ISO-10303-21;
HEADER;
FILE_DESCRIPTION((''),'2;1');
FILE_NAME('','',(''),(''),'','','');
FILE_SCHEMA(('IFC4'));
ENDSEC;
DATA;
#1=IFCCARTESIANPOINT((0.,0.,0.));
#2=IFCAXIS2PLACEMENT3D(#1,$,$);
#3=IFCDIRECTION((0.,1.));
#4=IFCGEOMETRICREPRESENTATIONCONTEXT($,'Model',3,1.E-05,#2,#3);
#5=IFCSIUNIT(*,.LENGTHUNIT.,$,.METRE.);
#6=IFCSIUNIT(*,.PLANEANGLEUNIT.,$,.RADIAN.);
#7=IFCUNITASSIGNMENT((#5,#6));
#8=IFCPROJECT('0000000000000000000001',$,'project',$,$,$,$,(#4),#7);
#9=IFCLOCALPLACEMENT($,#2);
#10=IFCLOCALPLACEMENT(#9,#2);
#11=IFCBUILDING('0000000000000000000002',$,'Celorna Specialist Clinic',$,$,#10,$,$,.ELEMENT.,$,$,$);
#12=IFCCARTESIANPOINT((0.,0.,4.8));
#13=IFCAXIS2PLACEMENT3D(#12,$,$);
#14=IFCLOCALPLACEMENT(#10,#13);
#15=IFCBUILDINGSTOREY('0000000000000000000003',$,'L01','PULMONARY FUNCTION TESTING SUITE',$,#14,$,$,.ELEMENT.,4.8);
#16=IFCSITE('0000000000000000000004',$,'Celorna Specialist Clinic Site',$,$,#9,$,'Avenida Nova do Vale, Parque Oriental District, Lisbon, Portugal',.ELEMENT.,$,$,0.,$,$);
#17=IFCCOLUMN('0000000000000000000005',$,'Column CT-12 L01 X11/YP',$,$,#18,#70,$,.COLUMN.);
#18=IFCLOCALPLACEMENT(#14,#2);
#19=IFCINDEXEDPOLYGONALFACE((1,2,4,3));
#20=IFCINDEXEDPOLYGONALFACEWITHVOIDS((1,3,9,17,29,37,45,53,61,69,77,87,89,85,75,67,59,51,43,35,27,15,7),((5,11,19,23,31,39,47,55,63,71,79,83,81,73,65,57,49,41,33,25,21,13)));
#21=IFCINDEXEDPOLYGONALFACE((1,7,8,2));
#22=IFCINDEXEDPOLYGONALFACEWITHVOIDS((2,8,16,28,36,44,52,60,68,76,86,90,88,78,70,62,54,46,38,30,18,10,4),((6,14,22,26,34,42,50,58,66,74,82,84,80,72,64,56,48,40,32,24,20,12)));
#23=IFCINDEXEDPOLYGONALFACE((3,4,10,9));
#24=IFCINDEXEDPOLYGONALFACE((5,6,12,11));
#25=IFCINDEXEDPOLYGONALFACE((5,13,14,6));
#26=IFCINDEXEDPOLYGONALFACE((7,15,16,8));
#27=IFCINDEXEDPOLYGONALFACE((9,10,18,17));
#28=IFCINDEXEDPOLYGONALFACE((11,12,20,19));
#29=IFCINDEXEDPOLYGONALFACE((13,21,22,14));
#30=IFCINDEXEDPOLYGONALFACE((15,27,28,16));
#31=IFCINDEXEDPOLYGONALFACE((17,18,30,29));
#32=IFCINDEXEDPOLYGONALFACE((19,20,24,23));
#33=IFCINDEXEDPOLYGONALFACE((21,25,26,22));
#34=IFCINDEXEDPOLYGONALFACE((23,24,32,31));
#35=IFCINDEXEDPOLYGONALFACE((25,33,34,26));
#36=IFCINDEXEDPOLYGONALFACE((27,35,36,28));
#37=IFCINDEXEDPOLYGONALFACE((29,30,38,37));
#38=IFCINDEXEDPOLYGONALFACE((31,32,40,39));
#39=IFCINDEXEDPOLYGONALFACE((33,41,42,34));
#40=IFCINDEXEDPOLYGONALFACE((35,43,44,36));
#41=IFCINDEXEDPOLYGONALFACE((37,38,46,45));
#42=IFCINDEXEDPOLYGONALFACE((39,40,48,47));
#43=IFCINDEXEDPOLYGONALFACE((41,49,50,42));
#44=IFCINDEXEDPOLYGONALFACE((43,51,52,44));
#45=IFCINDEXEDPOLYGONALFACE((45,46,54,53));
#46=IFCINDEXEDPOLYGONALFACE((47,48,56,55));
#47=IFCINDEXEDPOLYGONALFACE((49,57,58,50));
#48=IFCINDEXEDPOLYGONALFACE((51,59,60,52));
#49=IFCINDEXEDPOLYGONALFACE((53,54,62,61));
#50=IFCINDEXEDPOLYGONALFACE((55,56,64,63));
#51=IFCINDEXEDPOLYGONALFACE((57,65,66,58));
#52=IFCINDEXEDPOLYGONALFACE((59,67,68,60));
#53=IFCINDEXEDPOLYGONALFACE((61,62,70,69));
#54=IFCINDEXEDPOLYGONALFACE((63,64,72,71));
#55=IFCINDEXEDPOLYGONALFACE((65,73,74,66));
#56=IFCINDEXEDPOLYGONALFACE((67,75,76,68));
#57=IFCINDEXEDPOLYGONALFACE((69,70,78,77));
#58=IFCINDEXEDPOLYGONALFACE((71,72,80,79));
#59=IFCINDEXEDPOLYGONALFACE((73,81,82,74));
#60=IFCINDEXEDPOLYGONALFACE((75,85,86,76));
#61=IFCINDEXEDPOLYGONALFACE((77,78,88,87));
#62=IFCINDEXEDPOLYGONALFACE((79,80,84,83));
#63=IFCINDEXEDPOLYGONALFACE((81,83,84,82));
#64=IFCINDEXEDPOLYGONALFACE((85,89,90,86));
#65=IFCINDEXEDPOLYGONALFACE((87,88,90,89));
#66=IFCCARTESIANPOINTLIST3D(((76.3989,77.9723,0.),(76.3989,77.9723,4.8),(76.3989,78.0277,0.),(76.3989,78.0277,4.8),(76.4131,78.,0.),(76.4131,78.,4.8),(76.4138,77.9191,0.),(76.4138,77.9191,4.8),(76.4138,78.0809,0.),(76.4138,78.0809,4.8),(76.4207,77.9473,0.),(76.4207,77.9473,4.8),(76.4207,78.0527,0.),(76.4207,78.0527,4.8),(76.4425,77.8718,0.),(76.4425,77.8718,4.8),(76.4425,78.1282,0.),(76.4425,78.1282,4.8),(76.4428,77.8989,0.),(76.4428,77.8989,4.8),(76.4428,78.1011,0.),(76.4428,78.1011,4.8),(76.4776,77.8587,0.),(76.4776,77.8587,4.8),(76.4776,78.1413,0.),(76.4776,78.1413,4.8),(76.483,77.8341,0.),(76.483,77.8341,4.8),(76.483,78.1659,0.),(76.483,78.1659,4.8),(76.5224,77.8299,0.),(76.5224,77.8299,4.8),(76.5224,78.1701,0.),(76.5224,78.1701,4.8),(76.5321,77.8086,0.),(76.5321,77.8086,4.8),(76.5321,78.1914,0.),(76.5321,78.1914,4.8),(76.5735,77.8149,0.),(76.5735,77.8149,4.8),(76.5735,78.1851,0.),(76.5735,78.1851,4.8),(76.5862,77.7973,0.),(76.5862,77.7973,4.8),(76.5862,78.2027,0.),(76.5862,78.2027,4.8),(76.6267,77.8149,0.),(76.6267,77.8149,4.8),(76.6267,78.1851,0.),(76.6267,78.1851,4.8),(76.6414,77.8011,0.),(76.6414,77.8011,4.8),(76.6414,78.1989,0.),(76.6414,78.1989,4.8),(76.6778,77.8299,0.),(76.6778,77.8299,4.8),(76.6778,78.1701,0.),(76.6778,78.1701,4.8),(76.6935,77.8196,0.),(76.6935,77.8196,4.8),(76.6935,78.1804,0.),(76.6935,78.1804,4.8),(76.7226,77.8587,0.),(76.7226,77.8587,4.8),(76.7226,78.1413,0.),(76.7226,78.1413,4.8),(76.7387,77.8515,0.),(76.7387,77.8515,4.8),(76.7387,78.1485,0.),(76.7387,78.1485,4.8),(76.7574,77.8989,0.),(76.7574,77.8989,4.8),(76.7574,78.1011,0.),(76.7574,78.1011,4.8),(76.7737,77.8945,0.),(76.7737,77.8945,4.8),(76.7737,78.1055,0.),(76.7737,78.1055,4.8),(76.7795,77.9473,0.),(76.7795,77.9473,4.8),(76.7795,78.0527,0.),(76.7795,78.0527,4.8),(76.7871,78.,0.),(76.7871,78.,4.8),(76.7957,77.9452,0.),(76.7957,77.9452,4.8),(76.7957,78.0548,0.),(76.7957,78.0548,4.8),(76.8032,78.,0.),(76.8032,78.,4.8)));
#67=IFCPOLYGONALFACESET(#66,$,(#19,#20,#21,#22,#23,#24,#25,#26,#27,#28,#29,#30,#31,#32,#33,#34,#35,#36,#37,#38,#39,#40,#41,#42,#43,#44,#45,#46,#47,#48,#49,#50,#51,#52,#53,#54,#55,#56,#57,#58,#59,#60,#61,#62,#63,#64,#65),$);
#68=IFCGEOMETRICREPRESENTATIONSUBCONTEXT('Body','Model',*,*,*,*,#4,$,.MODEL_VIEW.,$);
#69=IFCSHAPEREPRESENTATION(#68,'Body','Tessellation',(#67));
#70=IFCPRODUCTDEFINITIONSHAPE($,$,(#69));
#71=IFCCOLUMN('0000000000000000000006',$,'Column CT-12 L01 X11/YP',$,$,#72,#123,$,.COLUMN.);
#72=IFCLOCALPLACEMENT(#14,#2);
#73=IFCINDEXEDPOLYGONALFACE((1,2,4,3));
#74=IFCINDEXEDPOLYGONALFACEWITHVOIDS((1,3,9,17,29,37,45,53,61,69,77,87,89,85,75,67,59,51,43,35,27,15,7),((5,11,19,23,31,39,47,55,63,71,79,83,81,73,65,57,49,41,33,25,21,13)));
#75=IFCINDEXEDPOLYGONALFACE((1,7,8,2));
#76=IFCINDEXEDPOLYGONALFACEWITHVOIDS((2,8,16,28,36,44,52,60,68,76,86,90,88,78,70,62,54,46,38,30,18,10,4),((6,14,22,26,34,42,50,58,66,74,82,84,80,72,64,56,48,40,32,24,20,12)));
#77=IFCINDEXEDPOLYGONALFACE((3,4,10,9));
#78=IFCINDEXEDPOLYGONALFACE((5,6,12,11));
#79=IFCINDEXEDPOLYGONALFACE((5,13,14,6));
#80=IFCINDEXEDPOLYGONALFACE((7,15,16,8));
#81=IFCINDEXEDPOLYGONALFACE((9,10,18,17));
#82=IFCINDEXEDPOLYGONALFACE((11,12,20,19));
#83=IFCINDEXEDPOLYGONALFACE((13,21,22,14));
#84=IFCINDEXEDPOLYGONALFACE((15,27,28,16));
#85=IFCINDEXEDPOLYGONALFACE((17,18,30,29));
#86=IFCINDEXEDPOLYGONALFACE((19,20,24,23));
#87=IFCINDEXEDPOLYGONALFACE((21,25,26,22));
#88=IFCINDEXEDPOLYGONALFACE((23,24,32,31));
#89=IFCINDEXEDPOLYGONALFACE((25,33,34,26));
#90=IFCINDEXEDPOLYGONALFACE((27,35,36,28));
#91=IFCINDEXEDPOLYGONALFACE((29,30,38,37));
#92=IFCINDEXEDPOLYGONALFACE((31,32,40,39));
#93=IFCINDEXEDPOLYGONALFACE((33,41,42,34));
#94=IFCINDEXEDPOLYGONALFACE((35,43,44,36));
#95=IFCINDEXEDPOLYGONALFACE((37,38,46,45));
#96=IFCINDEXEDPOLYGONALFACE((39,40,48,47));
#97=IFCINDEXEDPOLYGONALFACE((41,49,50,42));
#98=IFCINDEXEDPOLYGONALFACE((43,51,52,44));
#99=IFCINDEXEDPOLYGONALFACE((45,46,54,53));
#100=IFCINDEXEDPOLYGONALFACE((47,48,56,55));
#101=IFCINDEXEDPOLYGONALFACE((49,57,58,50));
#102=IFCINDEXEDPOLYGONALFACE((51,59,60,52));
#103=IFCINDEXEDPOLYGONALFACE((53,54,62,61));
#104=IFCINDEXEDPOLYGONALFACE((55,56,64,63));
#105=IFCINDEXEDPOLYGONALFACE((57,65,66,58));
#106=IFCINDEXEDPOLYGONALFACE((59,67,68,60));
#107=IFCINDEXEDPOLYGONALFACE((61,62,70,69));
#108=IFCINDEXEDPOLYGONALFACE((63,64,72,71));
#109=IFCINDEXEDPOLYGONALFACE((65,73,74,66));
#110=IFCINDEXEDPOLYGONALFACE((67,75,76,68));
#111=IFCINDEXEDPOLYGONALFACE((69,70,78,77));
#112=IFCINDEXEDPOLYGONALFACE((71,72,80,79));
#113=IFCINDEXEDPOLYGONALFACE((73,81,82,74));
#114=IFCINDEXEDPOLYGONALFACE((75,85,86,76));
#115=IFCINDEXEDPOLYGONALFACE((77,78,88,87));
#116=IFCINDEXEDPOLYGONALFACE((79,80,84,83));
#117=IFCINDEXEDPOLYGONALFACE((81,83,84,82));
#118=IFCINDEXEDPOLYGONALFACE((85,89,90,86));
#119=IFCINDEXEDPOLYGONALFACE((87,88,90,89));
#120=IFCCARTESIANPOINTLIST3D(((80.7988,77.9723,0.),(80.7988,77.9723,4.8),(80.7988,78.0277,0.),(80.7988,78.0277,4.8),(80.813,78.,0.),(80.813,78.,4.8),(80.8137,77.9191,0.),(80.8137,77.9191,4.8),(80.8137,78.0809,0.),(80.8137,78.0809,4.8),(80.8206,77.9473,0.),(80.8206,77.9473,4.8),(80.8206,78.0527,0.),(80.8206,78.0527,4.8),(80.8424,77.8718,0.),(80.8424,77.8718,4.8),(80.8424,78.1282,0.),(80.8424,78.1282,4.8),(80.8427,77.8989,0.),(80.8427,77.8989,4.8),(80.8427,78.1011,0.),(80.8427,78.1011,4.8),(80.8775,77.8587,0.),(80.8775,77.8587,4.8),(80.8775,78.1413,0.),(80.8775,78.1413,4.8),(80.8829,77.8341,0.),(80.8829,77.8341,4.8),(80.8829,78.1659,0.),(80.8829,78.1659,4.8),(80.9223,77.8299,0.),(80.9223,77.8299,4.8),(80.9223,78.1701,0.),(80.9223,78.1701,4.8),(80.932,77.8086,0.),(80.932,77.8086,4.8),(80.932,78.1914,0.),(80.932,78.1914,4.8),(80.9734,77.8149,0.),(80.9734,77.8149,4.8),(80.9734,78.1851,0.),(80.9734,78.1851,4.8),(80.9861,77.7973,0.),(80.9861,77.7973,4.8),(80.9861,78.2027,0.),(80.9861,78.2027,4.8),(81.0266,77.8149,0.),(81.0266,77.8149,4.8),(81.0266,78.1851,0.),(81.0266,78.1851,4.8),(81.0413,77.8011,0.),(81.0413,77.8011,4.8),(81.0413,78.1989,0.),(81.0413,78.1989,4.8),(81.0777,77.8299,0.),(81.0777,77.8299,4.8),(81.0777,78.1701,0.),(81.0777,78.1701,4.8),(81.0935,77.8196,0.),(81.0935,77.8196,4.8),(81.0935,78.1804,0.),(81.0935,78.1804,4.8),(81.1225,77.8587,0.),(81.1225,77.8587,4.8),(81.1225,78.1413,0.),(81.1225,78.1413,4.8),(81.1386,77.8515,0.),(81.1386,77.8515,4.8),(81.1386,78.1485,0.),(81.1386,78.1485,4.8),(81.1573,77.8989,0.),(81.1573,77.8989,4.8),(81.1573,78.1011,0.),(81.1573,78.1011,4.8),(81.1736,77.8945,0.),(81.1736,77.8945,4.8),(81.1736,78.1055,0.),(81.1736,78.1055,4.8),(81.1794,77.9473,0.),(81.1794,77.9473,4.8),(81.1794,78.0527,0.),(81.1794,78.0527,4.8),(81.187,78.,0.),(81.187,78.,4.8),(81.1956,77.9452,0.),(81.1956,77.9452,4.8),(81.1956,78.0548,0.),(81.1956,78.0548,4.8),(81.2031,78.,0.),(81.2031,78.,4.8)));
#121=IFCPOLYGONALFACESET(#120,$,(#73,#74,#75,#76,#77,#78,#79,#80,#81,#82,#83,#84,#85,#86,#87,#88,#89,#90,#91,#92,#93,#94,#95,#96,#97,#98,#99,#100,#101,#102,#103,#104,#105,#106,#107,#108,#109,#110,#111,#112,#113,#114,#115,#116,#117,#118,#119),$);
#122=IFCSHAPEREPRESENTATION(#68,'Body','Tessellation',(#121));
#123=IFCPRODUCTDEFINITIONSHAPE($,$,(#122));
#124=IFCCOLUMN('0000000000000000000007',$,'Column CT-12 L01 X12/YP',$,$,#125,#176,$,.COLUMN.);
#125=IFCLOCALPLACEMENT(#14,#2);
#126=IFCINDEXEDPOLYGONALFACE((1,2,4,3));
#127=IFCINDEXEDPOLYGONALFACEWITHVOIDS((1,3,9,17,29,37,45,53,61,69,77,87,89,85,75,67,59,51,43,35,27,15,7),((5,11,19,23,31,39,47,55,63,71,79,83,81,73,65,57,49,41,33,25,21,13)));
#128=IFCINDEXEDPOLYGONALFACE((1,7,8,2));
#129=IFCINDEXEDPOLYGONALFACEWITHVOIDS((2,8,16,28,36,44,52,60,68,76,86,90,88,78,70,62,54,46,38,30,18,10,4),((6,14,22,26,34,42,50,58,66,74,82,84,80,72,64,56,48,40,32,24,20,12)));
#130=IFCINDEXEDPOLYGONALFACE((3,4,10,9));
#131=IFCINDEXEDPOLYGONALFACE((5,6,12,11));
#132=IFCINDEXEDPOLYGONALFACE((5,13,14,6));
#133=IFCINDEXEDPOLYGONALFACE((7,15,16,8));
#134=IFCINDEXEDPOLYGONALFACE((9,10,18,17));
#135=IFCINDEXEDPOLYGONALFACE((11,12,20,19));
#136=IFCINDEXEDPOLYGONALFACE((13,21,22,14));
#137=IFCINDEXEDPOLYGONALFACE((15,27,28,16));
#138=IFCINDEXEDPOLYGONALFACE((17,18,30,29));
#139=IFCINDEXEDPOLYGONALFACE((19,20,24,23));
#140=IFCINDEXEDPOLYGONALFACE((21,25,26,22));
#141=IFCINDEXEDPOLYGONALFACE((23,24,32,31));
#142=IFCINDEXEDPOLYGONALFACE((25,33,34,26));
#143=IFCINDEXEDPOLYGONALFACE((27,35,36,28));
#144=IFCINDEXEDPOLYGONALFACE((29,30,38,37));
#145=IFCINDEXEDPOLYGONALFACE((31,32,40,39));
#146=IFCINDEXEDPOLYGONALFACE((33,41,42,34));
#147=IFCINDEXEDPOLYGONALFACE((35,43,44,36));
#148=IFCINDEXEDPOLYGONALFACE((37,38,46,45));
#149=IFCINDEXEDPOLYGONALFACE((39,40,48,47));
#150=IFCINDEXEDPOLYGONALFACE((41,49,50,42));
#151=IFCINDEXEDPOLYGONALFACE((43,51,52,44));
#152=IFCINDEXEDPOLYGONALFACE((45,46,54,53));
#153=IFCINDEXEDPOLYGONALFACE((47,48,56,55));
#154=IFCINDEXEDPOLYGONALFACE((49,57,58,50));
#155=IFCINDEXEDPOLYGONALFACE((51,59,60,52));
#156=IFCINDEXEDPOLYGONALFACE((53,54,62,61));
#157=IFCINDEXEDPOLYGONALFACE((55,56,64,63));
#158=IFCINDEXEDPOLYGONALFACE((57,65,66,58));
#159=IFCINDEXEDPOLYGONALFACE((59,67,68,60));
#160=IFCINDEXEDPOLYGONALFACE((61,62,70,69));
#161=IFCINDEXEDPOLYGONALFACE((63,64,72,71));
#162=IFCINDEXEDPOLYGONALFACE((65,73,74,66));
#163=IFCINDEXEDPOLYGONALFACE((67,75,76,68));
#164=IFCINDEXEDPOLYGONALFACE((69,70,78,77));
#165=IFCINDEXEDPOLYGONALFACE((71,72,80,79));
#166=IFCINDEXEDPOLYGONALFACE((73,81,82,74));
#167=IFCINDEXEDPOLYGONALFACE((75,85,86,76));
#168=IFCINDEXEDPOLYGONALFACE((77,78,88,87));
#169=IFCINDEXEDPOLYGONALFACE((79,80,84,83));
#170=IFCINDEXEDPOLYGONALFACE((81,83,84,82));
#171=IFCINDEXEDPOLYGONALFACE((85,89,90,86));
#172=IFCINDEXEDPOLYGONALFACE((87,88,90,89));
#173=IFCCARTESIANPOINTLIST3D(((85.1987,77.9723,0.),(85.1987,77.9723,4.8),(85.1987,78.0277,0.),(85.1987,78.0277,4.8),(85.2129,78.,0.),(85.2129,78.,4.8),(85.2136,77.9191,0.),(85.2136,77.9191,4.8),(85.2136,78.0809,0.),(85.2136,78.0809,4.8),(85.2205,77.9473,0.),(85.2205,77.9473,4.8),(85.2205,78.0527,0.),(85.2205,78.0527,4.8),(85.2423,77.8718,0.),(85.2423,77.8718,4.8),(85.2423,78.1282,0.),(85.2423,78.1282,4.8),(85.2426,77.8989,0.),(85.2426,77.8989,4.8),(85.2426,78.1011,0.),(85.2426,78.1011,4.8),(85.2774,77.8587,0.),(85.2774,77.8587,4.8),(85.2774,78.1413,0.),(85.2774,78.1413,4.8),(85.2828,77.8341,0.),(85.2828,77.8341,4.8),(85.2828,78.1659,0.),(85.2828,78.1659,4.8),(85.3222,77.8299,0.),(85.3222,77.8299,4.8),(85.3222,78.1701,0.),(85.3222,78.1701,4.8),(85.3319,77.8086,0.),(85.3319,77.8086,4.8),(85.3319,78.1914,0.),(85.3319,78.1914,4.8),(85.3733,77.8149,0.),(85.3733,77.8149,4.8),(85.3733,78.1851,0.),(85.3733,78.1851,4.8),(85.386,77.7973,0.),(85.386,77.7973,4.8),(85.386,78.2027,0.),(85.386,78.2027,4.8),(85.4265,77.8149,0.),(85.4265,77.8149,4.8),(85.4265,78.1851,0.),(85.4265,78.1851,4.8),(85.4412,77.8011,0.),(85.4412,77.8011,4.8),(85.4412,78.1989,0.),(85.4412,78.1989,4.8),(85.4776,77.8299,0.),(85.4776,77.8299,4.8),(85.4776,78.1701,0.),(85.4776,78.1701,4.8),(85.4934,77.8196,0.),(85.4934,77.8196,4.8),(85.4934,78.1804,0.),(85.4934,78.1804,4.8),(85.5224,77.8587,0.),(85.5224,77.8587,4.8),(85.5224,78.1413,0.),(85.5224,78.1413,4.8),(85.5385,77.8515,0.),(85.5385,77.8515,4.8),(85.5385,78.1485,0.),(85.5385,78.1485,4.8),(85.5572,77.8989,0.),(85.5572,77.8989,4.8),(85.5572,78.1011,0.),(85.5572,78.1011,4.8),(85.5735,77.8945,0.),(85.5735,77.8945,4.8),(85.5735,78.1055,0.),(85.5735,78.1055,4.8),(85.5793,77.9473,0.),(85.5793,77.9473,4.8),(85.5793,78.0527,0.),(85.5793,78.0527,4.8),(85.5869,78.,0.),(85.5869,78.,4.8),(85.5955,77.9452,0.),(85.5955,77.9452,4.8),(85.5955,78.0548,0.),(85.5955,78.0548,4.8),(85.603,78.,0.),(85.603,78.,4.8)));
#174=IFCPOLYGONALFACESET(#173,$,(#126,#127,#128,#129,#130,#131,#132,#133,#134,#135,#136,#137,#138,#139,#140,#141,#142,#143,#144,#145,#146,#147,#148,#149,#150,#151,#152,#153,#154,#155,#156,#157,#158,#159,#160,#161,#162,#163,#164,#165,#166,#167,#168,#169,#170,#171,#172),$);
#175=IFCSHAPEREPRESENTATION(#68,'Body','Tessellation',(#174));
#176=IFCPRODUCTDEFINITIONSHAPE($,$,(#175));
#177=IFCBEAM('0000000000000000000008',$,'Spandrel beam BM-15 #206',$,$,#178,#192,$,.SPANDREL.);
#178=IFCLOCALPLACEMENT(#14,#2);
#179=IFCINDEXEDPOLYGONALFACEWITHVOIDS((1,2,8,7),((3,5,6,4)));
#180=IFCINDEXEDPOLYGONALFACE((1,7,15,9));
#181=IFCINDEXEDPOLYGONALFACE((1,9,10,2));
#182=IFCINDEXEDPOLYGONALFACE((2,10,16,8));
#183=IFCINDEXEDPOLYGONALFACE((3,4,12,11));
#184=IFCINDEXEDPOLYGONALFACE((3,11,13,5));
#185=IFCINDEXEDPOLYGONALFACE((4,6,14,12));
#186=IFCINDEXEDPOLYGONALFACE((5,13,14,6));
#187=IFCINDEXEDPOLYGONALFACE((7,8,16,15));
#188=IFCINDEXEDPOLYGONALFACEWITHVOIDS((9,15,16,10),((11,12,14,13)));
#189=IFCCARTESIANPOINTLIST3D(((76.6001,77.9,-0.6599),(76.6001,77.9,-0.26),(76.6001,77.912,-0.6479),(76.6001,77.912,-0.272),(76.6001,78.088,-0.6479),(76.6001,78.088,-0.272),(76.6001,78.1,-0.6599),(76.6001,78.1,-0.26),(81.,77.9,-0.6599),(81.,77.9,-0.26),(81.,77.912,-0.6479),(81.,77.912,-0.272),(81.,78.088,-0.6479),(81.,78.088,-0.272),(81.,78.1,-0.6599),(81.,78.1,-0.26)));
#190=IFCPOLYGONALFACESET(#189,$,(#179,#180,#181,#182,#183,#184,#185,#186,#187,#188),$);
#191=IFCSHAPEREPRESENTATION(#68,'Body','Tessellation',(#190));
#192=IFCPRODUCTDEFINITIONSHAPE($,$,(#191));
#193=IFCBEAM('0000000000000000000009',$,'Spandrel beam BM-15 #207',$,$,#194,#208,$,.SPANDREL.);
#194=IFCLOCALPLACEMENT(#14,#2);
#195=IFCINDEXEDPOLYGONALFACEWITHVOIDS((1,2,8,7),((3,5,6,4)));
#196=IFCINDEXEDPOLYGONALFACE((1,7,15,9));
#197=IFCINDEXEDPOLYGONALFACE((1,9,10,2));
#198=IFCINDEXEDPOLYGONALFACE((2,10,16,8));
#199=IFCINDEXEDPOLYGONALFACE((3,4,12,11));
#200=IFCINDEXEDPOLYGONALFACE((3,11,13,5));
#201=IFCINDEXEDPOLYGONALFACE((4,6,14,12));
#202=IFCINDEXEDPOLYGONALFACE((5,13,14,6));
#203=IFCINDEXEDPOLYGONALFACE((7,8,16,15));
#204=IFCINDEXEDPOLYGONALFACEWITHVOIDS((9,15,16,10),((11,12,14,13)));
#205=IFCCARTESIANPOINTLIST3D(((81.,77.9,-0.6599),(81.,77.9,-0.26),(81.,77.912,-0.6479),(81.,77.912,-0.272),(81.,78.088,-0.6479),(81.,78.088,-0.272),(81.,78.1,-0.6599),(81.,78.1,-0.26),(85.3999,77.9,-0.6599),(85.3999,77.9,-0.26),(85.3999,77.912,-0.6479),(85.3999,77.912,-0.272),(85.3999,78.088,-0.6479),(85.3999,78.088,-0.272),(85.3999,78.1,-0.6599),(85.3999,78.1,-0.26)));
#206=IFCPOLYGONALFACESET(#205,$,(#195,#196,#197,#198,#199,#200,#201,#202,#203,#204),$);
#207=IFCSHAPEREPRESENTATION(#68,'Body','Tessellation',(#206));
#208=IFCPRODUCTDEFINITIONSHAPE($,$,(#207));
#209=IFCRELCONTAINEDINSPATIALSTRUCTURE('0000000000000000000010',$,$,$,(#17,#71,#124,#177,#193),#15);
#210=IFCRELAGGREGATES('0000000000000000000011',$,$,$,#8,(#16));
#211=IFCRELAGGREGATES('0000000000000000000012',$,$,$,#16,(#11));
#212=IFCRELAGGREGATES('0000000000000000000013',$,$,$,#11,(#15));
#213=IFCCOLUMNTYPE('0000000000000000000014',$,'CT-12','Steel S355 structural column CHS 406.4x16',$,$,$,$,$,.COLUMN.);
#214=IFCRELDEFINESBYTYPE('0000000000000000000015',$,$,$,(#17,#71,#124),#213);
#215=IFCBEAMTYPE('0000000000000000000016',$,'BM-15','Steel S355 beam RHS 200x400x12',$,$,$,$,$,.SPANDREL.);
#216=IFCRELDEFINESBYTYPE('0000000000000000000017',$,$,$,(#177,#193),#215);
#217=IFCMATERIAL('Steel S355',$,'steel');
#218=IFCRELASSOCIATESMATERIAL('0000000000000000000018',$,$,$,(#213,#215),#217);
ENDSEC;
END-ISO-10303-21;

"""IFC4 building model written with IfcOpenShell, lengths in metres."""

from ifc_helpers import new_model, si_unit, direction, frame, origin, origin_2d, place, context, subcontext, project, spatial, hollow_rectangle, hollow_circle, extrude, material, material_profile, profile_set, type_object, element, save


model = new_model("IFC4")

# Units and contexts
model_context = context("Model", 3, precision=1e-05, world=origin(), true_north=direction((0.0, 1.0)))
body_context = subcontext(model_context, "Body", "Model", "MODEL_VIEW")
ifc_project = project(units=[si_unit("LENGTHUNIT", "METRE"), si_unit("PLANEANGLEUNIT", "RADIAN")], contexts=[model_context])

# Site, building, storey
site_placement = place(None, origin())
site = spatial("IfcSite", under=ifc_project, at=site_placement, Name="Celorna Specialist Clinic Site", LongName="Avenida Nova do Vale, Parque Oriental District, Lisbon, Portugal", CompositionType="ELEMENT", RefElevation=0.0)
building_placement = place(site_placement, origin())
building = spatial("IfcBuilding", under=site, at=building_placement, Name="Celorna Specialist Clinic", CompositionType="ELEMENT")
storey_placement = place(building_placement, frame((0.0, 0.0, 4.8)))
storey = spatial("IfcBuildingStorey", under=building, at=storey_placement, Name="L01", Description="PULMONARY FUNCTION TESTING SUITE", CompositionType="ELEMENT", Elevation=4.8)

# Columns
ifc_material_1 = material(Name="Steel S355", Category="steel")
ifc_material_profile_1 = material_profile(ifc_material_1, hollow_circle(Radius=0.2031, WallThickness=0.0161, at=origin_2d()), Name="CHS 406.4x16")
ifc_profile_set_1 = profile_set([ifc_material_profile_1], Name="Steel S355")
column_type = type_object("IfcColumnType", Name="CT-12", Description="Steel S355 structural column CHS 406.4x16", PredefinedType="COLUMN", material=ifc_profile_set_1)
for number, where, z_axis, x_axis, name in (
    (1, (76.6001, 78.0, 0.0), (0.0, 0.0, 1.0), (1.0, 0.0, 0.0), "Column CT-12 L01 X11/YP"),
    (2, (81.0, 78.0, 0.0), (0.0, 0.0, 1.0), (1.0, 0.0, 0.0), "Column CT-12 L01 X11/YP"),
    (3, (85.3999, 78.0, 0.0), (0.0, 0.0, 1.0), (1.0, 0.0, 0.0), "Column CT-12 L01 X12/YP"),
):
    element("IfcColumn", number, at=place(storey_placement, frame(where, z_axis=z_axis, x_axis=x_axis)), inside=storey, type_object=column_type, Name=name, PredefinedType="COLUMN", context=body_context, shape_type="SweptSolid", body=[
        extrude(hollow_circle(Radius=0.2031, WallThickness=0.0161, at=origin_2d()), origin(), (0.0, 0.0, 1.0), 4.8),
    ])

# Beams
ifc_material_profile_2 = material_profile(ifc_material_1, hollow_rectangle(XDim=0.2, YDim=0.3999, WallThickness=0.012, at=origin_2d()), Name="RHS 200x400x12")
ifc_profile_set_2 = profile_set([ifc_material_profile_2], Name="Steel S355")
beam_type = type_object("IfcBeamType", Name="BM-15", Description="Steel S355 beam RHS 200x400x12", PredefinedType="SPANDREL", material=ifc_profile_set_2)
for number, where, z_axis, x_axis, name in (
    (4, (76.6001, 78.0, -0.46), (1.0, 0.0, 0.0), (0.0, 1.0, 0.0), "Spandrel beam BM-15 #206"),
    (5, (81.0, 78.0, -0.46), (1.0, 0.0, 0.0), (0.0, 1.0, 0.0), "Spandrel beam BM-15 #207"),
):
    element("IfcBeam", number, at=place(storey_placement, frame(where, z_axis=z_axis, x_axis=x_axis)), inside=storey, type_object=beam_type, Name=name, PredefinedType="SPANDREL", context=body_context, shape_type="SweptSolid", body=[
        extrude(hollow_rectangle(XDim=0.2, YDim=0.3999, WallThickness=0.012, at=origin_2d()), origin(), (0.0, 0.0, 1.0), 4.3999),
    ])

save(model, "model.ifc")
